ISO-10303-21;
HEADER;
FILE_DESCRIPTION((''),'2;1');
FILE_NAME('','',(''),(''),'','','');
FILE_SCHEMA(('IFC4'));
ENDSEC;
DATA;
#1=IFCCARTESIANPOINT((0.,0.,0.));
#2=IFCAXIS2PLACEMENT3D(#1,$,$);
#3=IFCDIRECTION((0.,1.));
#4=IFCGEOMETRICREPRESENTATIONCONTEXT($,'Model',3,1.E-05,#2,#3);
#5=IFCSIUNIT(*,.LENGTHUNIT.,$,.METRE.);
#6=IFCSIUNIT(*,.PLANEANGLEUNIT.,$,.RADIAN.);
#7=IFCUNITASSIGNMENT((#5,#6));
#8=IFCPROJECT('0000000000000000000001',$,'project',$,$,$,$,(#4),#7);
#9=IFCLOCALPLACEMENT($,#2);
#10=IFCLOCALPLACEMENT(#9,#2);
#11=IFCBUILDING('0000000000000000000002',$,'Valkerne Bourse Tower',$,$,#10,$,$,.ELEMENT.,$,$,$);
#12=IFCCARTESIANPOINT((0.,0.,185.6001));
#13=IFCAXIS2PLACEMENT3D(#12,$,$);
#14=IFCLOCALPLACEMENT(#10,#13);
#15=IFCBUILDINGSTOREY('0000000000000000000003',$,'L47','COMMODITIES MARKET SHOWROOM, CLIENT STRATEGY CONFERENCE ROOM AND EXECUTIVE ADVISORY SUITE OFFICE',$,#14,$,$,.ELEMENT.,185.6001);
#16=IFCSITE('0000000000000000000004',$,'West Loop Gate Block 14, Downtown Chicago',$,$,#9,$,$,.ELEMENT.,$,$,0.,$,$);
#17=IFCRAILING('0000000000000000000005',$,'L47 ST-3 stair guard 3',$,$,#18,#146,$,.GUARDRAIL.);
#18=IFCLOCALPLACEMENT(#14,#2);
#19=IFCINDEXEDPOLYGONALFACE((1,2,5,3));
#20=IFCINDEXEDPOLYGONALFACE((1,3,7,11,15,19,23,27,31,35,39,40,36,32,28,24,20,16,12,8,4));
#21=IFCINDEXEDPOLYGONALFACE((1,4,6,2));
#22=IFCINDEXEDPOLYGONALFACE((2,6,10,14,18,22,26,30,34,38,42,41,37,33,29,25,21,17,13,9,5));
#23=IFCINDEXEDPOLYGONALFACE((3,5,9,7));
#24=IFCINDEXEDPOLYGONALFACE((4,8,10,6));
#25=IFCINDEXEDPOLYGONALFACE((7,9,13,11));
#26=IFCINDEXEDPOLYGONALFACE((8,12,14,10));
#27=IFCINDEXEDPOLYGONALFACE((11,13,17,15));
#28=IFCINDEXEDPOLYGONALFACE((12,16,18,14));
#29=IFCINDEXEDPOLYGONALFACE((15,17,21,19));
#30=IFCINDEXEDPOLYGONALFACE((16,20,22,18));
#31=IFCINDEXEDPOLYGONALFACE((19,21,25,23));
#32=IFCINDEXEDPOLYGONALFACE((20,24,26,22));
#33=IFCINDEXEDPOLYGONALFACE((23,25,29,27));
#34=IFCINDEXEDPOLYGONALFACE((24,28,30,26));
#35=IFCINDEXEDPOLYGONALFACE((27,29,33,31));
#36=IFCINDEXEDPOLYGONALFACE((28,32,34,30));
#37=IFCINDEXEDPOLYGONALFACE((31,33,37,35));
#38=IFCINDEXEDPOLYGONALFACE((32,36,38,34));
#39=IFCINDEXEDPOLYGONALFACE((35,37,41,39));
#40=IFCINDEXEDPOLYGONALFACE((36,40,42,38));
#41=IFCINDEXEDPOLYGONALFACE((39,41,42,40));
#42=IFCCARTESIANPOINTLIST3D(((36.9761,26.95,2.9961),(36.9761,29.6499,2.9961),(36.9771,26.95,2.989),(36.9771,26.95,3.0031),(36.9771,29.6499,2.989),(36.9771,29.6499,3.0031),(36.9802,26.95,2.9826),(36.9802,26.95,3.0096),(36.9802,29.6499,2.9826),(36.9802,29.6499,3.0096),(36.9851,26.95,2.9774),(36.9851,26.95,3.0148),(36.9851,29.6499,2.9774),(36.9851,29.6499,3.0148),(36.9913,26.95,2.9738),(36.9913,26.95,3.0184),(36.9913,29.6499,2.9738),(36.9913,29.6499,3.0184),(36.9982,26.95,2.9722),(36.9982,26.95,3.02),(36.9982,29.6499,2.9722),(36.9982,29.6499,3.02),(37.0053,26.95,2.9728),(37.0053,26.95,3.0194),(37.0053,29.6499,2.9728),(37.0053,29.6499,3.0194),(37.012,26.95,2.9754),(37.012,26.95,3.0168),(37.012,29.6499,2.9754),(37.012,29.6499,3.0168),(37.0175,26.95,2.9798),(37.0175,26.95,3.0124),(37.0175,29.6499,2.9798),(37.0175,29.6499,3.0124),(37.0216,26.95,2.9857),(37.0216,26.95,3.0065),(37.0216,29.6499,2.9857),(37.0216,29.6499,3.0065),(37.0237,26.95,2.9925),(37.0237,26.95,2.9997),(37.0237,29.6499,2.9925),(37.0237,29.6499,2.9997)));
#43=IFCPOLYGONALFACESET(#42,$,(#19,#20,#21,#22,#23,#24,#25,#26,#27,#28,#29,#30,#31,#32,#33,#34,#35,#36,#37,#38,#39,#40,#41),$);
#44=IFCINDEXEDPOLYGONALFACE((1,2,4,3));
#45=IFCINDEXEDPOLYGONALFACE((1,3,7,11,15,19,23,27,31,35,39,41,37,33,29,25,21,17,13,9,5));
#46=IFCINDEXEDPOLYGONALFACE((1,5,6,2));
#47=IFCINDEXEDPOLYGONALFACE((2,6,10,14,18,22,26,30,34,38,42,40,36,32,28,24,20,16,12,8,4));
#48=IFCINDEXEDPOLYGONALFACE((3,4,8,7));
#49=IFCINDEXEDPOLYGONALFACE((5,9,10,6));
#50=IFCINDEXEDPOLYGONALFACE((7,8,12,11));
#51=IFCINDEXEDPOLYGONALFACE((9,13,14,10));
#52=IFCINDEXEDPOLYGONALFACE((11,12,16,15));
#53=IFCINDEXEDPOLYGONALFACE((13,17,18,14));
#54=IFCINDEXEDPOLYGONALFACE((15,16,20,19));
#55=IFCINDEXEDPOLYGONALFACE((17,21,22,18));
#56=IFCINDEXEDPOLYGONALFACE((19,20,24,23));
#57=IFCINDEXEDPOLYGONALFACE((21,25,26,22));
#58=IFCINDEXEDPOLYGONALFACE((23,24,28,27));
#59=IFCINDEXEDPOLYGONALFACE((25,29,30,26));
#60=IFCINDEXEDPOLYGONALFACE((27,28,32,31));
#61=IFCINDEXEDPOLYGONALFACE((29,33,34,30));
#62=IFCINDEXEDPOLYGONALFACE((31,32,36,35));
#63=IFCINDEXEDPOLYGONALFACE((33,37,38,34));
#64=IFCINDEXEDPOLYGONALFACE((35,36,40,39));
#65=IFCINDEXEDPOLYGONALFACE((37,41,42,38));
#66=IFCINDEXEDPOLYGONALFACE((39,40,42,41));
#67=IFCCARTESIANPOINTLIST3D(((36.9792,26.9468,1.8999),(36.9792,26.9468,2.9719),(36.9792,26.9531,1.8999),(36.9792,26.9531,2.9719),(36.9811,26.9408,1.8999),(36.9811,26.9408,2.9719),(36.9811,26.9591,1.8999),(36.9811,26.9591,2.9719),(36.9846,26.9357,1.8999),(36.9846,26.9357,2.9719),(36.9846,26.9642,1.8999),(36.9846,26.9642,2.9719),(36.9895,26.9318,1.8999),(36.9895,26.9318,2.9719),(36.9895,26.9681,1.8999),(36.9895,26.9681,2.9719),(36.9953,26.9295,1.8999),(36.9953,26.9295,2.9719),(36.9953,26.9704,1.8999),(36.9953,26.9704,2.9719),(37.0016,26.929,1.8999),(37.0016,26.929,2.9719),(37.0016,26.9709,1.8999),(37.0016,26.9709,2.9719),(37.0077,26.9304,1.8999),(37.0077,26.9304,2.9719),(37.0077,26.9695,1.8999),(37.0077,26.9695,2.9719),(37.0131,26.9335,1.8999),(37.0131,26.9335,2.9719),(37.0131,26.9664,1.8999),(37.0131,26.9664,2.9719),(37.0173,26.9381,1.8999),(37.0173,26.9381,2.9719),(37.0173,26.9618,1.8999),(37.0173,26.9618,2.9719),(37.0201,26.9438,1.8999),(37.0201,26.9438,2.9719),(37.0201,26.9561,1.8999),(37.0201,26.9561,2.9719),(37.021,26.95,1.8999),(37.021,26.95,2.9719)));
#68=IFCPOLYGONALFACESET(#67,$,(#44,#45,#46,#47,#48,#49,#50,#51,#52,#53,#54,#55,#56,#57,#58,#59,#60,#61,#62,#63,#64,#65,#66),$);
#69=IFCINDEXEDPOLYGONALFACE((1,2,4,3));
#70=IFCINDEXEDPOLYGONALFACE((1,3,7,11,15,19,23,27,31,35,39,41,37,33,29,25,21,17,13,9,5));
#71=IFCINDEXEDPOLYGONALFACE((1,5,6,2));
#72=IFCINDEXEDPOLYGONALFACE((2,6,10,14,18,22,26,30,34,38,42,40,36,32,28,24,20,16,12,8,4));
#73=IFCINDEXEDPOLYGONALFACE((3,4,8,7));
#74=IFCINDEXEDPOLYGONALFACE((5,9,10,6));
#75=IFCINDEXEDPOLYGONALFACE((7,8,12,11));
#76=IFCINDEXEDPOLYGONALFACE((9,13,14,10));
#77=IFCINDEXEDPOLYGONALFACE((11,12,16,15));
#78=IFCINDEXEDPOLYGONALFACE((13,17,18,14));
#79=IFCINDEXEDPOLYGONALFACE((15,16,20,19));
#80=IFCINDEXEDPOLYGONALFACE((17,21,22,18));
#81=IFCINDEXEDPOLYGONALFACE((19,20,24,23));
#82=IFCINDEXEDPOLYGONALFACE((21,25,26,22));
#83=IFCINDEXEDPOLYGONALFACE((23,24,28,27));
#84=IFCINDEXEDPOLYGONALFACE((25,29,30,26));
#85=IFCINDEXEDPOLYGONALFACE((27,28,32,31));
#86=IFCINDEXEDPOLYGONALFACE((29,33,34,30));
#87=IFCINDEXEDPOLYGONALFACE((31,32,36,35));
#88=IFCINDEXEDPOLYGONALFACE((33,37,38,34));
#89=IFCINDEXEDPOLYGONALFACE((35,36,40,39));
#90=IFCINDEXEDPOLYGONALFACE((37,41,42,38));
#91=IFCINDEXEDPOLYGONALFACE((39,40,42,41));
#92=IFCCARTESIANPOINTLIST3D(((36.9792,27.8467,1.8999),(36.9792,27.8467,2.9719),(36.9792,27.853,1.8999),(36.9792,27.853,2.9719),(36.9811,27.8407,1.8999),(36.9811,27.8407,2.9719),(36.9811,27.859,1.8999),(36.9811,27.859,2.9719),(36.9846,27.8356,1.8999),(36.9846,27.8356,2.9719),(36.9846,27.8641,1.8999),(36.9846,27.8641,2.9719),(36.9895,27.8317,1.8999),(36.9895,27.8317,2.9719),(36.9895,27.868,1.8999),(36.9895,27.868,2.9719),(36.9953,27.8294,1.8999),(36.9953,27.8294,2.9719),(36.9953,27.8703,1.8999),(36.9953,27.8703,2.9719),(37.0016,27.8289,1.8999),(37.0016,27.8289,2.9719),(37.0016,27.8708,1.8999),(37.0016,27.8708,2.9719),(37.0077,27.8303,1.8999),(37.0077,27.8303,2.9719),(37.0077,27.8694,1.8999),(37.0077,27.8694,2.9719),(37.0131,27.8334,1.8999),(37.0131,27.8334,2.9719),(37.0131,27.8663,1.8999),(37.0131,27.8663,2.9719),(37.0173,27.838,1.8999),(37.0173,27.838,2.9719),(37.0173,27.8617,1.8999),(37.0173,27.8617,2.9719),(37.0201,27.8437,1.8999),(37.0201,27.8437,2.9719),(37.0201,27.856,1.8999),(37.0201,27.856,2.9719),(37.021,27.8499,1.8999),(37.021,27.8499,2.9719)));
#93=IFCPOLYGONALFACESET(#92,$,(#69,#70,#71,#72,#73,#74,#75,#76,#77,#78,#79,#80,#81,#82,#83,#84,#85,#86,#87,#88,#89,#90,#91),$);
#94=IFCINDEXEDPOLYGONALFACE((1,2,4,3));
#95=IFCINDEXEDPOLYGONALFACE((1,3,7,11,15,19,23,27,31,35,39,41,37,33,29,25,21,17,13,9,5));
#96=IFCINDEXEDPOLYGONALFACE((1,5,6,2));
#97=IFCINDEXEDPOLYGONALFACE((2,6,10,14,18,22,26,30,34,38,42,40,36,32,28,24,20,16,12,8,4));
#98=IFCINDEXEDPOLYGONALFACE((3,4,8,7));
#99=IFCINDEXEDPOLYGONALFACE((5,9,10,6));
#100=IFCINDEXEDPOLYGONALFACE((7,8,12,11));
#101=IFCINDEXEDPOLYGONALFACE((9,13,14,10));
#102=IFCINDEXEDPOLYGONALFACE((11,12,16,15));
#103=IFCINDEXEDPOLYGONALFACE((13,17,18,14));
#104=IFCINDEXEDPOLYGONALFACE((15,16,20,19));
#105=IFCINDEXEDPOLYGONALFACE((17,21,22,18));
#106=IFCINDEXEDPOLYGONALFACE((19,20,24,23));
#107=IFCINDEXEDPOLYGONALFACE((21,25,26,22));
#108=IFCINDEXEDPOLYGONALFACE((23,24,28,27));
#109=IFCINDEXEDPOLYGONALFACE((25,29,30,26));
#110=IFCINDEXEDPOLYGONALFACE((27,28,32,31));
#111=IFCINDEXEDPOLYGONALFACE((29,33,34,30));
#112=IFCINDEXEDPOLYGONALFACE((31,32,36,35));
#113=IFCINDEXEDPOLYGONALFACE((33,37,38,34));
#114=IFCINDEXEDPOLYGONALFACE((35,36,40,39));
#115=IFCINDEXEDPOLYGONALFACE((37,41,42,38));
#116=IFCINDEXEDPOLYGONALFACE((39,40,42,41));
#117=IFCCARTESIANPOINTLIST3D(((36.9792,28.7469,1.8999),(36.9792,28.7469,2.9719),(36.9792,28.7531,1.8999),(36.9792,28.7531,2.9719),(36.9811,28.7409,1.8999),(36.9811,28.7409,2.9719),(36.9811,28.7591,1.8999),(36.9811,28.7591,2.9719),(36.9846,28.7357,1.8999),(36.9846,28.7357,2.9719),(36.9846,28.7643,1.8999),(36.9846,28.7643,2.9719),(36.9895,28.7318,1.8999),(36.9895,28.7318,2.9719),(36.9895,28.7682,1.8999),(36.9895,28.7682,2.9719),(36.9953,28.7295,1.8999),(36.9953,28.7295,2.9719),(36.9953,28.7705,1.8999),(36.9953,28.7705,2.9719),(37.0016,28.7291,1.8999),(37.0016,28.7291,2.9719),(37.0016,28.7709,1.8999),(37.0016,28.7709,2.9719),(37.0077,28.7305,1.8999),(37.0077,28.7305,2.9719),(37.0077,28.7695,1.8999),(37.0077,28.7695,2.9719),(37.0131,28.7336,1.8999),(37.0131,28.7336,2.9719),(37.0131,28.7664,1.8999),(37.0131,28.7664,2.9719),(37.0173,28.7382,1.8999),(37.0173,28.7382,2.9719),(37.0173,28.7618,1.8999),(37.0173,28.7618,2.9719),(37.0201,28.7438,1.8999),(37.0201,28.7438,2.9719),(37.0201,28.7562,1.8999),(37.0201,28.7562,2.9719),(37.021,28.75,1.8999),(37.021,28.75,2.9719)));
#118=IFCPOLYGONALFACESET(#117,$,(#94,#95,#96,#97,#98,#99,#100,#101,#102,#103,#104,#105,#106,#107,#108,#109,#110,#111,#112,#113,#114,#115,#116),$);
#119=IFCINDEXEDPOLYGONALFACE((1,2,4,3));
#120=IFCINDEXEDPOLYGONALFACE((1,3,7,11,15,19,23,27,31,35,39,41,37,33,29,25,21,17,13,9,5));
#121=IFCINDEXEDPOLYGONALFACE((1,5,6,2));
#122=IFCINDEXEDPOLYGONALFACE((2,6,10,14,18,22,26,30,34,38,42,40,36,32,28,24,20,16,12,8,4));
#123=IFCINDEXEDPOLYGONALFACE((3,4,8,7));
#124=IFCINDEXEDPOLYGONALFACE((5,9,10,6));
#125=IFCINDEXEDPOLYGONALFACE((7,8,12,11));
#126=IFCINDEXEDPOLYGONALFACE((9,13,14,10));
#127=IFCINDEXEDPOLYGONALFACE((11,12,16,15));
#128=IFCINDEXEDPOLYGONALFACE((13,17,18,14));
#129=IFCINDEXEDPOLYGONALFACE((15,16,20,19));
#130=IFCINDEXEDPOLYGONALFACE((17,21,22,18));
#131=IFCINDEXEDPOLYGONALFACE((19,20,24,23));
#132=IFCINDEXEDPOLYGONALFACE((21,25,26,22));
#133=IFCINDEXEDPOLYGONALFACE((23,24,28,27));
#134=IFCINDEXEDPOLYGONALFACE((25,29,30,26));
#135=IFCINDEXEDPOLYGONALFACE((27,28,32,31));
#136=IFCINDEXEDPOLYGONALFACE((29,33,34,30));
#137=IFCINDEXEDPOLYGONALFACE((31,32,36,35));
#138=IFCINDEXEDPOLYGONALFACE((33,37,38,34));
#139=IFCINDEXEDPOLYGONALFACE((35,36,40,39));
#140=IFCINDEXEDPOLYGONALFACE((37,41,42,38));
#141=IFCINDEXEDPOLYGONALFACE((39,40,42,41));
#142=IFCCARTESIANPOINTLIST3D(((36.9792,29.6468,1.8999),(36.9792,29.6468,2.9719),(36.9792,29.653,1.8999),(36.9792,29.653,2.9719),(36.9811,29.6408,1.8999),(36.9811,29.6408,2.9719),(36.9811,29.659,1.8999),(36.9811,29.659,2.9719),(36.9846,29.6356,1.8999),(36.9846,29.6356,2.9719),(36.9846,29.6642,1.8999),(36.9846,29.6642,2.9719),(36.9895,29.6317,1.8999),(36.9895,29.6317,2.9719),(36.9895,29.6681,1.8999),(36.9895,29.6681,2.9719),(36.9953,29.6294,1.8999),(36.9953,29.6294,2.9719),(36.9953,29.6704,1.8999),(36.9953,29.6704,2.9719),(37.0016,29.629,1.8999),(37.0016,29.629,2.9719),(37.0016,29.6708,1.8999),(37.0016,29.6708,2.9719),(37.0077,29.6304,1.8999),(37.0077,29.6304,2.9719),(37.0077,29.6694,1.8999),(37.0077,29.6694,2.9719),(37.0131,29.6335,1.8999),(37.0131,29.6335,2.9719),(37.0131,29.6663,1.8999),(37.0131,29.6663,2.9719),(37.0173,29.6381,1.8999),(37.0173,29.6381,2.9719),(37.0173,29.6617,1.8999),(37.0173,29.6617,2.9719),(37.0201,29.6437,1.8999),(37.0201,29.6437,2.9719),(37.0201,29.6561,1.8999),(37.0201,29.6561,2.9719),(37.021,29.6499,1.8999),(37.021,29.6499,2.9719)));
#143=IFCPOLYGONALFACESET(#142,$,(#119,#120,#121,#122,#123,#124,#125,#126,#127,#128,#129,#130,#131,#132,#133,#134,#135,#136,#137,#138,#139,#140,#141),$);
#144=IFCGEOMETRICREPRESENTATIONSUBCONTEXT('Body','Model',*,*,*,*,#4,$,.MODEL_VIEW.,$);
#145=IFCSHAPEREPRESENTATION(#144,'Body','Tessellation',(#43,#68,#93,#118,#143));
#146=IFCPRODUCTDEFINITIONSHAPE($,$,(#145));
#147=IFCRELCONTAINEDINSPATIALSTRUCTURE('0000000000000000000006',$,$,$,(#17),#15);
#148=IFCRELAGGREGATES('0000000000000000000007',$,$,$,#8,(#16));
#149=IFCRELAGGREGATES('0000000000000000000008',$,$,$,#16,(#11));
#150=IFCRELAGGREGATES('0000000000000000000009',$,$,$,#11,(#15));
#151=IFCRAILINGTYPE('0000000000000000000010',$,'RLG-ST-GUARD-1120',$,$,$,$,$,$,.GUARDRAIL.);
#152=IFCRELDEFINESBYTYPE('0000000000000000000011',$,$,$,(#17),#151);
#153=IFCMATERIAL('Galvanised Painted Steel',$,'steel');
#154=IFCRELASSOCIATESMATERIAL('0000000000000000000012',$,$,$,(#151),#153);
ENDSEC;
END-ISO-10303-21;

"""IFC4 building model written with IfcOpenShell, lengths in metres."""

from ifc_helpers import new_model, si_unit, direction, frame, origin, origin_2d, place, context, subcontext, project, spatial, circle, extrude, material, type_object, element, save


model = new_model("IFC4")

# Units and contexts
model_context = context("Model", 3, precision=1e-05, world=origin(), true_north=direction((0.0, 1.0)))
body_context = subcontext(model_context, "Body", "Model", "MODEL_VIEW")
ifc_project = project(units=[si_unit("LENGTHUNIT", "METRE"), si_unit("PLANEANGLEUNIT", "RADIAN")], contexts=[model_context])

# Site, building, storey
site_placement = place(None, origin())
site = spatial("IfcSite", under=ifc_project, at=site_placement, Name="West Loop Gate Block 14, Downtown Chicago", CompositionType="ELEMENT", RefElevation=0.0)
building_placement = place(site_placement, origin())
building = spatial("IfcBuilding", under=site, at=building_placement, Name="Valkerne Bourse Tower", CompositionType="ELEMENT")
storey_placement = place(building_placement, frame((0.0, 0.0, 185.6001)))
storey = spatial("IfcBuildingStorey", under=building, at=storey_placement, Name="L47", Description="COMMODITIES MARKET SHOWROOM, CLIENT STRATEGY CONFERENCE ROOM AND EXECUTIVE ADVISORY SUITE OFFICE", CompositionType="ELEMENT", Elevation=185.6001)

# Railing
ifc_material_1 = material(Name="Galvanised Painted Steel", Category="steel")
railing_type_1 = type_object("IfcRailingType", Name="RLG-ST-GUARD-1120", PredefinedType="GUARDRAIL", material=ifc_material_1)
for number, where, name in (
    (1, (37.0, 26.95, 1.8999), "L47 ST-3 stair guard 3"),
):
    element("IfcRailing", number, at=place(storey_placement, frame(where)), inside=storey, type_object=railing_type_1, Name=name, PredefinedType="GUARDRAIL", context=body_context, shape_type="SweptSolid", body=[
        extrude(circle(Radius=0.0239, at=origin_2d()), frame((0.0, 0.0, 1.0962), z_axis=(0.0, 1.0, 0.0), x_axis=(-1.0, 0.0, 0.0)), (0.0, 0.0, 1.0), 2.7),
        extrude(circle(Radius=0.021, at=origin_2d()), origin(), (0.0, 0.0, 1.0), 1.072),
        extrude(circle(Radius=0.021, at=origin_2d()), frame((0.0, 0.8999, 0.0)), (0.0, 0.0, 1.0), 1.072),
        extrude(circle(Radius=0.021, at=origin_2d()), frame((0.0, 1.8, 0.0)), (0.0, 0.0, 1.0), 1.072),
        extrude(circle(Radius=0.021, at=origin_2d()), frame((0.0, 2.7, 0.0)), (0.0, 0.0, 1.0), 1.072),
    ])

save(model, "model.ifc")
